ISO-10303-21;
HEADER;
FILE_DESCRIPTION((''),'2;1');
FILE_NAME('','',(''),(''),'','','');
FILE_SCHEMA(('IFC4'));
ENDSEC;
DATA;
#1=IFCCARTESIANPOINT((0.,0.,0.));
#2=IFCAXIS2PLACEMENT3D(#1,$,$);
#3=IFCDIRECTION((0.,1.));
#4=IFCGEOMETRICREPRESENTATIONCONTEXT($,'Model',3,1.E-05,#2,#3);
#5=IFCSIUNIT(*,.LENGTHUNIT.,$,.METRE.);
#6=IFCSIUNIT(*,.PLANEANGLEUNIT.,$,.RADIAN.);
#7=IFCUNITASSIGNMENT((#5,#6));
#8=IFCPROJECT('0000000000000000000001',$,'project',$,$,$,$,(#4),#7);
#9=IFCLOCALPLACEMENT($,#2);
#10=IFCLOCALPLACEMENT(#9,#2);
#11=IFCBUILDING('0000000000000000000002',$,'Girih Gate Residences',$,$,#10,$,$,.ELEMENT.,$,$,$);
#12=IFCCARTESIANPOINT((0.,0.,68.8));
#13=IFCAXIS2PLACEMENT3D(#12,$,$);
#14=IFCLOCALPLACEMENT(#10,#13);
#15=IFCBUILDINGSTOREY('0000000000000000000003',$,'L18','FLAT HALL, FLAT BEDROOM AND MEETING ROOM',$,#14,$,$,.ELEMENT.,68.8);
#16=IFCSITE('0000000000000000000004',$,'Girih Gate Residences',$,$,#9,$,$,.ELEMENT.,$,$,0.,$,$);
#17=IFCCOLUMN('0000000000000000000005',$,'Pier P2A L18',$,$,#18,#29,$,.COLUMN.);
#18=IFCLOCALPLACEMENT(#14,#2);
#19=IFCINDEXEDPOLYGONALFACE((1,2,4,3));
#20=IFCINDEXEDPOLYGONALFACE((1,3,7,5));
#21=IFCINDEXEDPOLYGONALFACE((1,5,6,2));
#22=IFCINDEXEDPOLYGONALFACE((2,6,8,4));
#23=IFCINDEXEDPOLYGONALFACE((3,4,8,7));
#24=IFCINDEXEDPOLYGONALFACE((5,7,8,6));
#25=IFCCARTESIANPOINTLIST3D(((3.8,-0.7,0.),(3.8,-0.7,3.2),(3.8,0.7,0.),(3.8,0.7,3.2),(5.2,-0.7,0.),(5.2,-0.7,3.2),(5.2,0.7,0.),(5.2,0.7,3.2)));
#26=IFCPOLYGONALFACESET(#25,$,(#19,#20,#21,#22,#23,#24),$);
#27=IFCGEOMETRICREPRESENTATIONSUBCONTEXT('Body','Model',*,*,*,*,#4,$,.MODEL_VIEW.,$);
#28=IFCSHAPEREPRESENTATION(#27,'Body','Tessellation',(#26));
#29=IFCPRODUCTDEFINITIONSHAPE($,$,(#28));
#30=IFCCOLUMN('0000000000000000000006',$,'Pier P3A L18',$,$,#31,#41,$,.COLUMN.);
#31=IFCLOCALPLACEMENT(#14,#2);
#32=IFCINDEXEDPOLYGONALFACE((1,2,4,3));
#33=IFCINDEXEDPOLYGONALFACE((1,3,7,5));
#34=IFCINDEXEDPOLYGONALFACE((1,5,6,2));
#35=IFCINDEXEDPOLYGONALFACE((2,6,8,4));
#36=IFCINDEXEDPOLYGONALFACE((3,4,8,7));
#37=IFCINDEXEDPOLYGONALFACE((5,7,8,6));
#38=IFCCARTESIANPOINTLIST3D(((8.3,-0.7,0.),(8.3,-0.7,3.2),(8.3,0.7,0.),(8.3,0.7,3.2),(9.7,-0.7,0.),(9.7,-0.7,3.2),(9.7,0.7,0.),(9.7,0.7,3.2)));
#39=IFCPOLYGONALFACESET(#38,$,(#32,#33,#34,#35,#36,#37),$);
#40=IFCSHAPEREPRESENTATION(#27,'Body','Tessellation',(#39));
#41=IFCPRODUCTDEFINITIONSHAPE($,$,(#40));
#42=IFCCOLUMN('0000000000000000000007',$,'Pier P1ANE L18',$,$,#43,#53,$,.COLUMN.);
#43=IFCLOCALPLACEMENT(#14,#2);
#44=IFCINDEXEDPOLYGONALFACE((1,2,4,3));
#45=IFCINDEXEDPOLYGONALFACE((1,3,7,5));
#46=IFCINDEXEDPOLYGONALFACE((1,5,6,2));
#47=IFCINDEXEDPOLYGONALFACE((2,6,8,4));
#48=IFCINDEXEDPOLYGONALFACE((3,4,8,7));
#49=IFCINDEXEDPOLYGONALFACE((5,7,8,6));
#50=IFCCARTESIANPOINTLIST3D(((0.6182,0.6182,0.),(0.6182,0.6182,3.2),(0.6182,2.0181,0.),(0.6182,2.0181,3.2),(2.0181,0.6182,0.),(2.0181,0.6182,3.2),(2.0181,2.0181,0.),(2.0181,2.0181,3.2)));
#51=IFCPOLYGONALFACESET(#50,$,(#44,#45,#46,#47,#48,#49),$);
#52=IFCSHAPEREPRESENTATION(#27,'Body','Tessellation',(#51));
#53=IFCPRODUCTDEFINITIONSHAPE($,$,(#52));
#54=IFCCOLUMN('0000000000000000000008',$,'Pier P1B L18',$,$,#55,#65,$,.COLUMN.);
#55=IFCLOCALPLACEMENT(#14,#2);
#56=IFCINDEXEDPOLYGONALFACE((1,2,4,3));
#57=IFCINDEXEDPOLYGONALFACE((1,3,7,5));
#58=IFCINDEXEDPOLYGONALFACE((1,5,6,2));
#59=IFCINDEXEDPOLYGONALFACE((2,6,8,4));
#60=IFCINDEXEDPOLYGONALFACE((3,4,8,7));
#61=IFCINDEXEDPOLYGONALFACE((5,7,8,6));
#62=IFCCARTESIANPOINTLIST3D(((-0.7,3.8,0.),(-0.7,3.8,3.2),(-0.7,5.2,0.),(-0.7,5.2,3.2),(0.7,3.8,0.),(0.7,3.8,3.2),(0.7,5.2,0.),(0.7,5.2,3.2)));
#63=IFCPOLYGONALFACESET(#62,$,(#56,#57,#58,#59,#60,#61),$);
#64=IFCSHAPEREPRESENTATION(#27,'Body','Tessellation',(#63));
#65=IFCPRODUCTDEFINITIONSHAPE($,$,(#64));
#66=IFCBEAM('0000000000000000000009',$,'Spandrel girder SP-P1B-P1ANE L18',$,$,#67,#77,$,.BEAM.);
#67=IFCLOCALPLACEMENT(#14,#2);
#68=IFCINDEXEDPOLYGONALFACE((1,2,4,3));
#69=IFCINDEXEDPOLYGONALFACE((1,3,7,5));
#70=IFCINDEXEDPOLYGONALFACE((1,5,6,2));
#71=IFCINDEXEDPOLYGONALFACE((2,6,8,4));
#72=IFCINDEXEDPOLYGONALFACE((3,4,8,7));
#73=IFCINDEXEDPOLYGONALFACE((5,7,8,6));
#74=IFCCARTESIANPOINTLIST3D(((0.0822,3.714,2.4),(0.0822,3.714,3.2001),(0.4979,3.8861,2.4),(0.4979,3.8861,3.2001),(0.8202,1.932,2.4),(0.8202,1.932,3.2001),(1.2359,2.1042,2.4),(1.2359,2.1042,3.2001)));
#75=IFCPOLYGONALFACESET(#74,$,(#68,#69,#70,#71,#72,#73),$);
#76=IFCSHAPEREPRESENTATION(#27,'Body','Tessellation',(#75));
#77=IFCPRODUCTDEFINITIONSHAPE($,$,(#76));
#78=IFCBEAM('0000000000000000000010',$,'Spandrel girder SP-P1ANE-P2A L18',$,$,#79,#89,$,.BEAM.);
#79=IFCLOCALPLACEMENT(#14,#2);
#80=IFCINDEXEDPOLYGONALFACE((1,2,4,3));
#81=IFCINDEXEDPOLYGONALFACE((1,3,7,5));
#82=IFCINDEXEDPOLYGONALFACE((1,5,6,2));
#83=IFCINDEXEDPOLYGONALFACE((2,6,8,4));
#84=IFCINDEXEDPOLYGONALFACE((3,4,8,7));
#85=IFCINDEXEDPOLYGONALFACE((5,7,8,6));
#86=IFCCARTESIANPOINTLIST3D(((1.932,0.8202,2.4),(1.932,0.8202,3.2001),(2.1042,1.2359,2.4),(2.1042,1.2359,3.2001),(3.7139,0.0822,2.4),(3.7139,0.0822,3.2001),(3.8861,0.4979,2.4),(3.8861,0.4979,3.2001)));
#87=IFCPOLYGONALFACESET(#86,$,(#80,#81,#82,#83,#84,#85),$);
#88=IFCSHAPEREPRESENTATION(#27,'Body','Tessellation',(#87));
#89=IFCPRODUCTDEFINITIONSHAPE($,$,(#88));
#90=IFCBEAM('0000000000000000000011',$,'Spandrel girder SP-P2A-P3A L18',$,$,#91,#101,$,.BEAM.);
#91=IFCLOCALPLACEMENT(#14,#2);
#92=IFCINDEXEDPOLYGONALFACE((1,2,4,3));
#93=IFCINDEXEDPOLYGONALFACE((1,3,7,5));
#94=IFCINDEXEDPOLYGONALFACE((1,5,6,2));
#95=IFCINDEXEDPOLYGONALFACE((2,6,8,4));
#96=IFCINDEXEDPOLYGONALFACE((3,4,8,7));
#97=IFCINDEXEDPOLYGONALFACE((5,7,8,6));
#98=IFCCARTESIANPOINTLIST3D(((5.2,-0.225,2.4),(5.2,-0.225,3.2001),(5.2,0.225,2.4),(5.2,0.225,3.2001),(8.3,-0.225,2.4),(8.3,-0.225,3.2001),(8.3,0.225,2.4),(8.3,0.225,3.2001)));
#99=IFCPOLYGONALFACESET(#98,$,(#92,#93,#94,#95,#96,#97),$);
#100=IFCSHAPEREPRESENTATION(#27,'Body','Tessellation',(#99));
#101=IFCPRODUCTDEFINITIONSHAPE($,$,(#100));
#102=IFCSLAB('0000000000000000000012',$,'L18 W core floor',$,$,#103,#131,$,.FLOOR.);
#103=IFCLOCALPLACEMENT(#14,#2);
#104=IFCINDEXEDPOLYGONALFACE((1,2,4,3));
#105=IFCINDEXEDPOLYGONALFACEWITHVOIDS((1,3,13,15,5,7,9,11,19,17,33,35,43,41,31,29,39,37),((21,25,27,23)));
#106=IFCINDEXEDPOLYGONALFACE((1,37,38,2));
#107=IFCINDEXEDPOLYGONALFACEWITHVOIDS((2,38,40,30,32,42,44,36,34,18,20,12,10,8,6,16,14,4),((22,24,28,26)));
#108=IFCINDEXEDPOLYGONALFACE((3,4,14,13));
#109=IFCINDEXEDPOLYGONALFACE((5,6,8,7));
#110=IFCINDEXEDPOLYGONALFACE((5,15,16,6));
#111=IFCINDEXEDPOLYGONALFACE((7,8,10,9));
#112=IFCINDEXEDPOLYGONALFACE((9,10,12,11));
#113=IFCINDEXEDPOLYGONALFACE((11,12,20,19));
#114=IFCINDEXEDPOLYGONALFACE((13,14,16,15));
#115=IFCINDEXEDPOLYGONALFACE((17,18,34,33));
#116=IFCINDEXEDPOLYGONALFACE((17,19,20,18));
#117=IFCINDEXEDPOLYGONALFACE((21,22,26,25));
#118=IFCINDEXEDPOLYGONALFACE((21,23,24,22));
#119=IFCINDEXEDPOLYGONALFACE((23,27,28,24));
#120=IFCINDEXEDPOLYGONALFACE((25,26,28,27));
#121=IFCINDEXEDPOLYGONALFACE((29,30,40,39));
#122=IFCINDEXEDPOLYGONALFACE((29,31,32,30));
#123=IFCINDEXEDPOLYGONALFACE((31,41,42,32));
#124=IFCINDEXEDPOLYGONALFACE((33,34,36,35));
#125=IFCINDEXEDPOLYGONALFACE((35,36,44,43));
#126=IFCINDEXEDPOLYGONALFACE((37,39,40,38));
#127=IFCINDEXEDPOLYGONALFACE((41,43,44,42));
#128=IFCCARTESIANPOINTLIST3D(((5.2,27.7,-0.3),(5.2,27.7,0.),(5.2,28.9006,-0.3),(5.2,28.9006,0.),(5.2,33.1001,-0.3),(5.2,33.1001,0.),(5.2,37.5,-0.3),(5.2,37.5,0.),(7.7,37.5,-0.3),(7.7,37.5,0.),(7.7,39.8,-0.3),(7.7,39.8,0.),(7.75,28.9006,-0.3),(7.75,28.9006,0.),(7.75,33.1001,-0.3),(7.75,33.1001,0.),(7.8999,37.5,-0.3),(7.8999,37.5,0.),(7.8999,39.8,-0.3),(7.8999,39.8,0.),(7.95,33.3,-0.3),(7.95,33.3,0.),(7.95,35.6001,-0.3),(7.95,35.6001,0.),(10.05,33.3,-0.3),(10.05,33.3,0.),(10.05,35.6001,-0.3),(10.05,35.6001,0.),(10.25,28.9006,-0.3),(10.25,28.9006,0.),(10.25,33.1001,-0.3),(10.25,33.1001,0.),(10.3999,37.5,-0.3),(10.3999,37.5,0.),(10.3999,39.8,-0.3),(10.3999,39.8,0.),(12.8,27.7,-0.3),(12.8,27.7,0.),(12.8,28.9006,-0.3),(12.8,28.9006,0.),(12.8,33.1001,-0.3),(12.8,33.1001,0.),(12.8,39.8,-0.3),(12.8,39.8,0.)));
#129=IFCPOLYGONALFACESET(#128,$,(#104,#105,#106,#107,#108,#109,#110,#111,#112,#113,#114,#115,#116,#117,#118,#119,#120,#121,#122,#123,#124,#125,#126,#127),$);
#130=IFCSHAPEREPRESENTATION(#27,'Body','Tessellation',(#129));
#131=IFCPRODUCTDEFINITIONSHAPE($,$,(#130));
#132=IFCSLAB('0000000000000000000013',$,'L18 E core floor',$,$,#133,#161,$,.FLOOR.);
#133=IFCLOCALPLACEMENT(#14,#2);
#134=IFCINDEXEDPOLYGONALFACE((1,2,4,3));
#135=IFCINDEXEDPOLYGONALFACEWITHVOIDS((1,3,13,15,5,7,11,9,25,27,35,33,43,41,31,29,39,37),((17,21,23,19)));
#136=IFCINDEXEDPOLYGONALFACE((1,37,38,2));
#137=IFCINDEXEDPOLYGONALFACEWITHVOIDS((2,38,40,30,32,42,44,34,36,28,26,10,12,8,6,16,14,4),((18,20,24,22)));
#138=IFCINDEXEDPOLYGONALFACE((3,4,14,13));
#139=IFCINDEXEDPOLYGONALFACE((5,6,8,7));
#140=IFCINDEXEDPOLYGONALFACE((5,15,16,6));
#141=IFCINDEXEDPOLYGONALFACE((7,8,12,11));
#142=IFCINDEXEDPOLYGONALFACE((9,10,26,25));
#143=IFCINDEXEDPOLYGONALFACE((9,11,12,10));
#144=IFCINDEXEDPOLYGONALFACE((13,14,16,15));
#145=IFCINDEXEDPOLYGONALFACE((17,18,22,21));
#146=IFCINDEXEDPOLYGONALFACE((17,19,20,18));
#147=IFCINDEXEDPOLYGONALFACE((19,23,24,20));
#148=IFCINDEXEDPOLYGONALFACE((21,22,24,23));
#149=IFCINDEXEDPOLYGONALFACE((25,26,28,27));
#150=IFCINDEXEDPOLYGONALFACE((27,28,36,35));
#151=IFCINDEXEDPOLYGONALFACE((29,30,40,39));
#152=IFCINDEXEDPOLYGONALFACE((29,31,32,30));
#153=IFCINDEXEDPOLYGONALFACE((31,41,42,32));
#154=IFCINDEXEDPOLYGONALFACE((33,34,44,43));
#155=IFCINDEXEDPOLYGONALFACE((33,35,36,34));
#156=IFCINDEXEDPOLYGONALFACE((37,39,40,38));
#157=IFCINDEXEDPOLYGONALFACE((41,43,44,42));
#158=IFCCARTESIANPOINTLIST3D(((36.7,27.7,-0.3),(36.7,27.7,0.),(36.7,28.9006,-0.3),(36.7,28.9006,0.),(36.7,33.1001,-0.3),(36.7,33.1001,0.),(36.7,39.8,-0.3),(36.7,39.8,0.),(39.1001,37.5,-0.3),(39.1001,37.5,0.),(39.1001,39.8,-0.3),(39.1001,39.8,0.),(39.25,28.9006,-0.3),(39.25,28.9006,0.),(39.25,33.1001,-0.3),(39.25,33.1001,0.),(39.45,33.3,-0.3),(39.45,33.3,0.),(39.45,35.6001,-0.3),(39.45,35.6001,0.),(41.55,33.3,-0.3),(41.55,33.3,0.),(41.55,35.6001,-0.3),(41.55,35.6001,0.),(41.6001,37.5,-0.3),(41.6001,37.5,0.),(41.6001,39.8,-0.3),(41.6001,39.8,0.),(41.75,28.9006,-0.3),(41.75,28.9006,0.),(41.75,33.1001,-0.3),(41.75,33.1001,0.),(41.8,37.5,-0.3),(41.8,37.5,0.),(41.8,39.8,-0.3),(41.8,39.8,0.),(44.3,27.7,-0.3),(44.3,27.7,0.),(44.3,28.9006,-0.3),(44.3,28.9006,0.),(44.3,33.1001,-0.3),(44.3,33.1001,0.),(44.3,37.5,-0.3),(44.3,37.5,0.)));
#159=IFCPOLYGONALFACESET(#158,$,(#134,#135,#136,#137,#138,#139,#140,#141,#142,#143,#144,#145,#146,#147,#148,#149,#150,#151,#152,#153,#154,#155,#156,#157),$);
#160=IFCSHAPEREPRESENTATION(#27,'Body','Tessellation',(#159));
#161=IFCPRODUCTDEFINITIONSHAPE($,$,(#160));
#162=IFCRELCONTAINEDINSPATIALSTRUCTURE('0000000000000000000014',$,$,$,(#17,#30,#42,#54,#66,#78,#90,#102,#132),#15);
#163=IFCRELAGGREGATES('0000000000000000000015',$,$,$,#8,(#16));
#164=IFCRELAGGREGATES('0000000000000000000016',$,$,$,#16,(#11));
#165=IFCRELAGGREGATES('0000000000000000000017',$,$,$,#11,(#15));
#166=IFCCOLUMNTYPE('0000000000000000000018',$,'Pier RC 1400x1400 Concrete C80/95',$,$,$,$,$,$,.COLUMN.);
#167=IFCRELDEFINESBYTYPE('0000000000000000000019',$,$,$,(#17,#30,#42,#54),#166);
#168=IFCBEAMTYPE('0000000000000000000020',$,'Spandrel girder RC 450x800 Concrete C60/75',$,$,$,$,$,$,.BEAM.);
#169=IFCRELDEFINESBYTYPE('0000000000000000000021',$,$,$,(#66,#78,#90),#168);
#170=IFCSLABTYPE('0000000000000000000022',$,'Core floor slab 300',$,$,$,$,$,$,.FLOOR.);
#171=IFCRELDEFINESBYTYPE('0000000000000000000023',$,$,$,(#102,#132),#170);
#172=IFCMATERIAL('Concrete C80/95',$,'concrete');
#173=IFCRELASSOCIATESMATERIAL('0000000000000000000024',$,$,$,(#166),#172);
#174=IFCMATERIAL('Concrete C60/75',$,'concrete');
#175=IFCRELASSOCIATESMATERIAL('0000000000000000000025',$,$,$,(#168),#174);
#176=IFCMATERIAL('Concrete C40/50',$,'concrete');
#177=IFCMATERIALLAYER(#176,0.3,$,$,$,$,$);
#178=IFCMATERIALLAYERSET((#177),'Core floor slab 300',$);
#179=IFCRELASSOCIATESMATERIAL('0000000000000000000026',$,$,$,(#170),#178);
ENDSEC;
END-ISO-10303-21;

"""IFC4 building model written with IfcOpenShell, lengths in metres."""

from ifc_helpers import new_model, si_unit, direction, frame, origin, origin_2d, place, context, subcontext, project, spatial, polyline, rectangle, outline, extrude, material, layer, layer_set, material_profile, profile_set, type_object, element, save


model = new_model("IFC4")

# Units and contexts
model_context = context("Model", 3, precision=1e-05, world=origin(), true_north=direction((0.0, 1.0)))
body_context = subcontext(model_context, "Body", "Model", "MODEL_VIEW")
ifc_project = project(units=[si_unit("LENGTHUNIT", "METRE"), si_unit("PLANEANGLEUNIT", "RADIAN")], contexts=[model_context])

# Site, building, storey
site_placement = place(None, origin())
site = spatial("IfcSite", under=ifc_project, at=site_placement, Name="Girih Gate Residences", CompositionType="ELEMENT", RefElevation=0.0)
building_placement = place(site_placement, origin())
building = spatial("IfcBuilding", under=site, at=building_placement, Name="Girih Gate Residences", CompositionType="ELEMENT")
storey_placement = place(building_placement, frame((0.0, 0.0, 68.8)))
storey = spatial("IfcBuildingStorey", under=building, at=storey_placement, Name="L18", Description="FLAT HALL, FLAT BEDROOM AND MEETING ROOM", CompositionType="ELEMENT", Elevation=68.8)

# Columns
ifc_material_1 = material(Name="Concrete C80/95", Category="concrete")
ifc_material_profile_1 = material_profile(ifc_material_1, rectangle(XDim=1.3999, YDim=1.3999, at=origin_2d()))
ifc_profile_set_1 = profile_set([ifc_material_profile_1], Name="Concrete C80/95")
column_type = type_object("IfcColumnType", Name="Pier RC 1400x1400 Concrete C80/95", PredefinedType="COLUMN", material=ifc_profile_set_1)
for number, where, z_axis, x_axis, name in (
    (1, (4.5, 0.0, 0.0), (0.0, 0.0, 1.0), (1.0, 0.0, 0.0), "Pier P2A L18"),
    (2, (9.0, 0.0, 0.0), (0.0, 0.0, 1.0), (1.0, 0.0, 0.0), "Pier P3A L18"),
    (3, (1.3181, 1.3181, 0.0), (0.0, 0.0, 1.0), (1.0, 0.0, 0.0), "Pier P1ANE L18"),
    (4, (0.0, 4.5, 0.0), (0.0, 0.0, 1.0), (1.0, 0.0, 0.0), "Pier P1B L18"),
):
    element("IfcColumn", number, at=place(storey_placement, frame(where, z_axis=z_axis, x_axis=x_axis)), inside=storey, type_object=column_type, Name=name, PredefinedType="COLUMN", context=body_context, shape_type="SweptSolid", body=[
        extrude(rectangle(XDim=1.3999, YDim=1.3999, at=origin_2d()), origin(), (0.0, 0.0, 1.0), 3.2),
    ])

# Beams
ifc_material_2 = material(Name="Concrete C60/75", Category="concrete")
ifc_material_profile_2 = material_profile(ifc_material_2, rectangle(XDim=0.45, YDim=0.8, at=origin_2d()))
ifc_profile_set_2 = profile_set([ifc_material_profile_2], Name="Concrete C60/75")
beam_type = type_object("IfcBeamType", Name="Spandrel girder RC 450x800 Concrete C60/75", PredefinedType="BEAM", material=ifc_profile_set_2)
for number, where, z_axis, x_axis, name in (
    (5, (0.29, 3.8, 2.8), (0.382646, -0.923895, 0.0), (0.923895, 0.382646, 0.0), "Spandrel girder SP-P1B-P1ANE L18"),
    (6, (2.0181, 1.0281, 2.8), (0.923895, -0.382646, 0.0), (0.382646, 0.923895, 0.0), "Spandrel girder SP-P1ANE-P2A L18"),
):
    element("IfcBeam", number, at=place(storey_placement, frame(where, z_axis=z_axis, x_axis=x_axis)), inside=storey, type_object=beam_type, Name=name, PredefinedType="BEAM", context=body_context, shape_type="SweptSolid", body=[
        extrude(rectangle(XDim=0.45, YDim=0.8, at=origin_2d()), origin(), (0.0, 0.0, 1.0), 1.9287),
    ])
beam_placement = place(storey_placement, frame((5.2, 0.0, 2.8), z_axis=(1.0, 0.0, 0.0), x_axis=(0.0, 1.0, 0.0)))
element("IfcBeam", 7, at=beam_placement, inside=storey, type_object=beam_type, Name="Spandrel girder SP-P2A-P3A L18", PredefinedType="BEAM", context=body_context, shape_type="SweptSolid", body=[
    extrude(rectangle(XDim=0.45, YDim=0.8, at=origin_2d()), origin(), (0.0, 0.0, 1.0), 3.1001),
])

# Slabs
ifc_material_3 = material(Name="Concrete C40/50", Category="concrete")
ifc_layer_1 = layer(ifc_material_3, 0.3)
ifc_layer_set_1 = layer_set([ifc_layer_1], Name="Core floor slab 300")
slab_type_1 = type_object("IfcSlabType", Name="Core floor slab 300", PredefinedType="FLOOR", material=ifc_layer_set_1)
slab_1_placement = place(storey_placement, frame((0.0, 0.0, -0.3)))
element("IfcSlab", 8, at=slab_1_placement, inside=storey, type_object=slab_type_1, Name="L18 W core floor", PredefinedType="FLOOR", context=body_context, shape_type="SweptSolid", body=[
    extrude(outline(polyline([(12.8, 27.7), (5.2, 27.7), (5.2, 28.9006), (7.75, 28.9006), (7.75, 33.1001), (5.2, 33.1001), (5.2, 37.5), (7.7, 37.5), (7.7, 39.8), (7.8999, 39.8), (7.8999, 37.5), (10.3999, 37.5), (10.3999, 39.8), (12.8, 39.8), (12.8, 33.1001), (10.25, 33.1001), (10.25, 28.9006), (12.8, 28.9006), (12.8, 27.7)]), holes=[polyline([(7.95, 33.3), (10.05, 33.3), (10.05, 35.6001), (7.95, 35.6001), (7.95, 33.3)])]), origin(), (0.0, 0.0, 1.0), 0.3),
])
slab_2_placement = place(storey_placement, frame((0.0, 0.0, -0.3)))
element("IfcSlab", 9, at=slab_2_placement, inside=storey, type_object=slab_type_1, Name="L18 E core floor", PredefinedType="FLOOR", context=body_context, shape_type="SweptSolid", body=[
    extrude(outline(polyline([(44.3, 27.7), (36.7, 27.7), (36.7, 28.9006), (39.25, 28.9006), (39.25, 33.1001), (36.7, 33.1001), (36.7, 39.8), (39.1001, 39.8), (39.1001, 37.5), (41.6001, 37.5), (41.6001, 39.8), (41.8, 39.8), (41.8, 37.5), (44.3, 37.5), (44.3, 33.1001), (41.75, 33.1001), (41.75, 28.9006), (44.3, 28.9006), (44.3, 27.7)]), holes=[polyline([(39.45, 33.3), (41.55, 33.3), (41.55, 35.6001), (39.45, 35.6001), (39.45, 33.3)])]), origin(), (0.0, 0.0, 1.0), 0.3),
])

save(model, "model.ifc")
